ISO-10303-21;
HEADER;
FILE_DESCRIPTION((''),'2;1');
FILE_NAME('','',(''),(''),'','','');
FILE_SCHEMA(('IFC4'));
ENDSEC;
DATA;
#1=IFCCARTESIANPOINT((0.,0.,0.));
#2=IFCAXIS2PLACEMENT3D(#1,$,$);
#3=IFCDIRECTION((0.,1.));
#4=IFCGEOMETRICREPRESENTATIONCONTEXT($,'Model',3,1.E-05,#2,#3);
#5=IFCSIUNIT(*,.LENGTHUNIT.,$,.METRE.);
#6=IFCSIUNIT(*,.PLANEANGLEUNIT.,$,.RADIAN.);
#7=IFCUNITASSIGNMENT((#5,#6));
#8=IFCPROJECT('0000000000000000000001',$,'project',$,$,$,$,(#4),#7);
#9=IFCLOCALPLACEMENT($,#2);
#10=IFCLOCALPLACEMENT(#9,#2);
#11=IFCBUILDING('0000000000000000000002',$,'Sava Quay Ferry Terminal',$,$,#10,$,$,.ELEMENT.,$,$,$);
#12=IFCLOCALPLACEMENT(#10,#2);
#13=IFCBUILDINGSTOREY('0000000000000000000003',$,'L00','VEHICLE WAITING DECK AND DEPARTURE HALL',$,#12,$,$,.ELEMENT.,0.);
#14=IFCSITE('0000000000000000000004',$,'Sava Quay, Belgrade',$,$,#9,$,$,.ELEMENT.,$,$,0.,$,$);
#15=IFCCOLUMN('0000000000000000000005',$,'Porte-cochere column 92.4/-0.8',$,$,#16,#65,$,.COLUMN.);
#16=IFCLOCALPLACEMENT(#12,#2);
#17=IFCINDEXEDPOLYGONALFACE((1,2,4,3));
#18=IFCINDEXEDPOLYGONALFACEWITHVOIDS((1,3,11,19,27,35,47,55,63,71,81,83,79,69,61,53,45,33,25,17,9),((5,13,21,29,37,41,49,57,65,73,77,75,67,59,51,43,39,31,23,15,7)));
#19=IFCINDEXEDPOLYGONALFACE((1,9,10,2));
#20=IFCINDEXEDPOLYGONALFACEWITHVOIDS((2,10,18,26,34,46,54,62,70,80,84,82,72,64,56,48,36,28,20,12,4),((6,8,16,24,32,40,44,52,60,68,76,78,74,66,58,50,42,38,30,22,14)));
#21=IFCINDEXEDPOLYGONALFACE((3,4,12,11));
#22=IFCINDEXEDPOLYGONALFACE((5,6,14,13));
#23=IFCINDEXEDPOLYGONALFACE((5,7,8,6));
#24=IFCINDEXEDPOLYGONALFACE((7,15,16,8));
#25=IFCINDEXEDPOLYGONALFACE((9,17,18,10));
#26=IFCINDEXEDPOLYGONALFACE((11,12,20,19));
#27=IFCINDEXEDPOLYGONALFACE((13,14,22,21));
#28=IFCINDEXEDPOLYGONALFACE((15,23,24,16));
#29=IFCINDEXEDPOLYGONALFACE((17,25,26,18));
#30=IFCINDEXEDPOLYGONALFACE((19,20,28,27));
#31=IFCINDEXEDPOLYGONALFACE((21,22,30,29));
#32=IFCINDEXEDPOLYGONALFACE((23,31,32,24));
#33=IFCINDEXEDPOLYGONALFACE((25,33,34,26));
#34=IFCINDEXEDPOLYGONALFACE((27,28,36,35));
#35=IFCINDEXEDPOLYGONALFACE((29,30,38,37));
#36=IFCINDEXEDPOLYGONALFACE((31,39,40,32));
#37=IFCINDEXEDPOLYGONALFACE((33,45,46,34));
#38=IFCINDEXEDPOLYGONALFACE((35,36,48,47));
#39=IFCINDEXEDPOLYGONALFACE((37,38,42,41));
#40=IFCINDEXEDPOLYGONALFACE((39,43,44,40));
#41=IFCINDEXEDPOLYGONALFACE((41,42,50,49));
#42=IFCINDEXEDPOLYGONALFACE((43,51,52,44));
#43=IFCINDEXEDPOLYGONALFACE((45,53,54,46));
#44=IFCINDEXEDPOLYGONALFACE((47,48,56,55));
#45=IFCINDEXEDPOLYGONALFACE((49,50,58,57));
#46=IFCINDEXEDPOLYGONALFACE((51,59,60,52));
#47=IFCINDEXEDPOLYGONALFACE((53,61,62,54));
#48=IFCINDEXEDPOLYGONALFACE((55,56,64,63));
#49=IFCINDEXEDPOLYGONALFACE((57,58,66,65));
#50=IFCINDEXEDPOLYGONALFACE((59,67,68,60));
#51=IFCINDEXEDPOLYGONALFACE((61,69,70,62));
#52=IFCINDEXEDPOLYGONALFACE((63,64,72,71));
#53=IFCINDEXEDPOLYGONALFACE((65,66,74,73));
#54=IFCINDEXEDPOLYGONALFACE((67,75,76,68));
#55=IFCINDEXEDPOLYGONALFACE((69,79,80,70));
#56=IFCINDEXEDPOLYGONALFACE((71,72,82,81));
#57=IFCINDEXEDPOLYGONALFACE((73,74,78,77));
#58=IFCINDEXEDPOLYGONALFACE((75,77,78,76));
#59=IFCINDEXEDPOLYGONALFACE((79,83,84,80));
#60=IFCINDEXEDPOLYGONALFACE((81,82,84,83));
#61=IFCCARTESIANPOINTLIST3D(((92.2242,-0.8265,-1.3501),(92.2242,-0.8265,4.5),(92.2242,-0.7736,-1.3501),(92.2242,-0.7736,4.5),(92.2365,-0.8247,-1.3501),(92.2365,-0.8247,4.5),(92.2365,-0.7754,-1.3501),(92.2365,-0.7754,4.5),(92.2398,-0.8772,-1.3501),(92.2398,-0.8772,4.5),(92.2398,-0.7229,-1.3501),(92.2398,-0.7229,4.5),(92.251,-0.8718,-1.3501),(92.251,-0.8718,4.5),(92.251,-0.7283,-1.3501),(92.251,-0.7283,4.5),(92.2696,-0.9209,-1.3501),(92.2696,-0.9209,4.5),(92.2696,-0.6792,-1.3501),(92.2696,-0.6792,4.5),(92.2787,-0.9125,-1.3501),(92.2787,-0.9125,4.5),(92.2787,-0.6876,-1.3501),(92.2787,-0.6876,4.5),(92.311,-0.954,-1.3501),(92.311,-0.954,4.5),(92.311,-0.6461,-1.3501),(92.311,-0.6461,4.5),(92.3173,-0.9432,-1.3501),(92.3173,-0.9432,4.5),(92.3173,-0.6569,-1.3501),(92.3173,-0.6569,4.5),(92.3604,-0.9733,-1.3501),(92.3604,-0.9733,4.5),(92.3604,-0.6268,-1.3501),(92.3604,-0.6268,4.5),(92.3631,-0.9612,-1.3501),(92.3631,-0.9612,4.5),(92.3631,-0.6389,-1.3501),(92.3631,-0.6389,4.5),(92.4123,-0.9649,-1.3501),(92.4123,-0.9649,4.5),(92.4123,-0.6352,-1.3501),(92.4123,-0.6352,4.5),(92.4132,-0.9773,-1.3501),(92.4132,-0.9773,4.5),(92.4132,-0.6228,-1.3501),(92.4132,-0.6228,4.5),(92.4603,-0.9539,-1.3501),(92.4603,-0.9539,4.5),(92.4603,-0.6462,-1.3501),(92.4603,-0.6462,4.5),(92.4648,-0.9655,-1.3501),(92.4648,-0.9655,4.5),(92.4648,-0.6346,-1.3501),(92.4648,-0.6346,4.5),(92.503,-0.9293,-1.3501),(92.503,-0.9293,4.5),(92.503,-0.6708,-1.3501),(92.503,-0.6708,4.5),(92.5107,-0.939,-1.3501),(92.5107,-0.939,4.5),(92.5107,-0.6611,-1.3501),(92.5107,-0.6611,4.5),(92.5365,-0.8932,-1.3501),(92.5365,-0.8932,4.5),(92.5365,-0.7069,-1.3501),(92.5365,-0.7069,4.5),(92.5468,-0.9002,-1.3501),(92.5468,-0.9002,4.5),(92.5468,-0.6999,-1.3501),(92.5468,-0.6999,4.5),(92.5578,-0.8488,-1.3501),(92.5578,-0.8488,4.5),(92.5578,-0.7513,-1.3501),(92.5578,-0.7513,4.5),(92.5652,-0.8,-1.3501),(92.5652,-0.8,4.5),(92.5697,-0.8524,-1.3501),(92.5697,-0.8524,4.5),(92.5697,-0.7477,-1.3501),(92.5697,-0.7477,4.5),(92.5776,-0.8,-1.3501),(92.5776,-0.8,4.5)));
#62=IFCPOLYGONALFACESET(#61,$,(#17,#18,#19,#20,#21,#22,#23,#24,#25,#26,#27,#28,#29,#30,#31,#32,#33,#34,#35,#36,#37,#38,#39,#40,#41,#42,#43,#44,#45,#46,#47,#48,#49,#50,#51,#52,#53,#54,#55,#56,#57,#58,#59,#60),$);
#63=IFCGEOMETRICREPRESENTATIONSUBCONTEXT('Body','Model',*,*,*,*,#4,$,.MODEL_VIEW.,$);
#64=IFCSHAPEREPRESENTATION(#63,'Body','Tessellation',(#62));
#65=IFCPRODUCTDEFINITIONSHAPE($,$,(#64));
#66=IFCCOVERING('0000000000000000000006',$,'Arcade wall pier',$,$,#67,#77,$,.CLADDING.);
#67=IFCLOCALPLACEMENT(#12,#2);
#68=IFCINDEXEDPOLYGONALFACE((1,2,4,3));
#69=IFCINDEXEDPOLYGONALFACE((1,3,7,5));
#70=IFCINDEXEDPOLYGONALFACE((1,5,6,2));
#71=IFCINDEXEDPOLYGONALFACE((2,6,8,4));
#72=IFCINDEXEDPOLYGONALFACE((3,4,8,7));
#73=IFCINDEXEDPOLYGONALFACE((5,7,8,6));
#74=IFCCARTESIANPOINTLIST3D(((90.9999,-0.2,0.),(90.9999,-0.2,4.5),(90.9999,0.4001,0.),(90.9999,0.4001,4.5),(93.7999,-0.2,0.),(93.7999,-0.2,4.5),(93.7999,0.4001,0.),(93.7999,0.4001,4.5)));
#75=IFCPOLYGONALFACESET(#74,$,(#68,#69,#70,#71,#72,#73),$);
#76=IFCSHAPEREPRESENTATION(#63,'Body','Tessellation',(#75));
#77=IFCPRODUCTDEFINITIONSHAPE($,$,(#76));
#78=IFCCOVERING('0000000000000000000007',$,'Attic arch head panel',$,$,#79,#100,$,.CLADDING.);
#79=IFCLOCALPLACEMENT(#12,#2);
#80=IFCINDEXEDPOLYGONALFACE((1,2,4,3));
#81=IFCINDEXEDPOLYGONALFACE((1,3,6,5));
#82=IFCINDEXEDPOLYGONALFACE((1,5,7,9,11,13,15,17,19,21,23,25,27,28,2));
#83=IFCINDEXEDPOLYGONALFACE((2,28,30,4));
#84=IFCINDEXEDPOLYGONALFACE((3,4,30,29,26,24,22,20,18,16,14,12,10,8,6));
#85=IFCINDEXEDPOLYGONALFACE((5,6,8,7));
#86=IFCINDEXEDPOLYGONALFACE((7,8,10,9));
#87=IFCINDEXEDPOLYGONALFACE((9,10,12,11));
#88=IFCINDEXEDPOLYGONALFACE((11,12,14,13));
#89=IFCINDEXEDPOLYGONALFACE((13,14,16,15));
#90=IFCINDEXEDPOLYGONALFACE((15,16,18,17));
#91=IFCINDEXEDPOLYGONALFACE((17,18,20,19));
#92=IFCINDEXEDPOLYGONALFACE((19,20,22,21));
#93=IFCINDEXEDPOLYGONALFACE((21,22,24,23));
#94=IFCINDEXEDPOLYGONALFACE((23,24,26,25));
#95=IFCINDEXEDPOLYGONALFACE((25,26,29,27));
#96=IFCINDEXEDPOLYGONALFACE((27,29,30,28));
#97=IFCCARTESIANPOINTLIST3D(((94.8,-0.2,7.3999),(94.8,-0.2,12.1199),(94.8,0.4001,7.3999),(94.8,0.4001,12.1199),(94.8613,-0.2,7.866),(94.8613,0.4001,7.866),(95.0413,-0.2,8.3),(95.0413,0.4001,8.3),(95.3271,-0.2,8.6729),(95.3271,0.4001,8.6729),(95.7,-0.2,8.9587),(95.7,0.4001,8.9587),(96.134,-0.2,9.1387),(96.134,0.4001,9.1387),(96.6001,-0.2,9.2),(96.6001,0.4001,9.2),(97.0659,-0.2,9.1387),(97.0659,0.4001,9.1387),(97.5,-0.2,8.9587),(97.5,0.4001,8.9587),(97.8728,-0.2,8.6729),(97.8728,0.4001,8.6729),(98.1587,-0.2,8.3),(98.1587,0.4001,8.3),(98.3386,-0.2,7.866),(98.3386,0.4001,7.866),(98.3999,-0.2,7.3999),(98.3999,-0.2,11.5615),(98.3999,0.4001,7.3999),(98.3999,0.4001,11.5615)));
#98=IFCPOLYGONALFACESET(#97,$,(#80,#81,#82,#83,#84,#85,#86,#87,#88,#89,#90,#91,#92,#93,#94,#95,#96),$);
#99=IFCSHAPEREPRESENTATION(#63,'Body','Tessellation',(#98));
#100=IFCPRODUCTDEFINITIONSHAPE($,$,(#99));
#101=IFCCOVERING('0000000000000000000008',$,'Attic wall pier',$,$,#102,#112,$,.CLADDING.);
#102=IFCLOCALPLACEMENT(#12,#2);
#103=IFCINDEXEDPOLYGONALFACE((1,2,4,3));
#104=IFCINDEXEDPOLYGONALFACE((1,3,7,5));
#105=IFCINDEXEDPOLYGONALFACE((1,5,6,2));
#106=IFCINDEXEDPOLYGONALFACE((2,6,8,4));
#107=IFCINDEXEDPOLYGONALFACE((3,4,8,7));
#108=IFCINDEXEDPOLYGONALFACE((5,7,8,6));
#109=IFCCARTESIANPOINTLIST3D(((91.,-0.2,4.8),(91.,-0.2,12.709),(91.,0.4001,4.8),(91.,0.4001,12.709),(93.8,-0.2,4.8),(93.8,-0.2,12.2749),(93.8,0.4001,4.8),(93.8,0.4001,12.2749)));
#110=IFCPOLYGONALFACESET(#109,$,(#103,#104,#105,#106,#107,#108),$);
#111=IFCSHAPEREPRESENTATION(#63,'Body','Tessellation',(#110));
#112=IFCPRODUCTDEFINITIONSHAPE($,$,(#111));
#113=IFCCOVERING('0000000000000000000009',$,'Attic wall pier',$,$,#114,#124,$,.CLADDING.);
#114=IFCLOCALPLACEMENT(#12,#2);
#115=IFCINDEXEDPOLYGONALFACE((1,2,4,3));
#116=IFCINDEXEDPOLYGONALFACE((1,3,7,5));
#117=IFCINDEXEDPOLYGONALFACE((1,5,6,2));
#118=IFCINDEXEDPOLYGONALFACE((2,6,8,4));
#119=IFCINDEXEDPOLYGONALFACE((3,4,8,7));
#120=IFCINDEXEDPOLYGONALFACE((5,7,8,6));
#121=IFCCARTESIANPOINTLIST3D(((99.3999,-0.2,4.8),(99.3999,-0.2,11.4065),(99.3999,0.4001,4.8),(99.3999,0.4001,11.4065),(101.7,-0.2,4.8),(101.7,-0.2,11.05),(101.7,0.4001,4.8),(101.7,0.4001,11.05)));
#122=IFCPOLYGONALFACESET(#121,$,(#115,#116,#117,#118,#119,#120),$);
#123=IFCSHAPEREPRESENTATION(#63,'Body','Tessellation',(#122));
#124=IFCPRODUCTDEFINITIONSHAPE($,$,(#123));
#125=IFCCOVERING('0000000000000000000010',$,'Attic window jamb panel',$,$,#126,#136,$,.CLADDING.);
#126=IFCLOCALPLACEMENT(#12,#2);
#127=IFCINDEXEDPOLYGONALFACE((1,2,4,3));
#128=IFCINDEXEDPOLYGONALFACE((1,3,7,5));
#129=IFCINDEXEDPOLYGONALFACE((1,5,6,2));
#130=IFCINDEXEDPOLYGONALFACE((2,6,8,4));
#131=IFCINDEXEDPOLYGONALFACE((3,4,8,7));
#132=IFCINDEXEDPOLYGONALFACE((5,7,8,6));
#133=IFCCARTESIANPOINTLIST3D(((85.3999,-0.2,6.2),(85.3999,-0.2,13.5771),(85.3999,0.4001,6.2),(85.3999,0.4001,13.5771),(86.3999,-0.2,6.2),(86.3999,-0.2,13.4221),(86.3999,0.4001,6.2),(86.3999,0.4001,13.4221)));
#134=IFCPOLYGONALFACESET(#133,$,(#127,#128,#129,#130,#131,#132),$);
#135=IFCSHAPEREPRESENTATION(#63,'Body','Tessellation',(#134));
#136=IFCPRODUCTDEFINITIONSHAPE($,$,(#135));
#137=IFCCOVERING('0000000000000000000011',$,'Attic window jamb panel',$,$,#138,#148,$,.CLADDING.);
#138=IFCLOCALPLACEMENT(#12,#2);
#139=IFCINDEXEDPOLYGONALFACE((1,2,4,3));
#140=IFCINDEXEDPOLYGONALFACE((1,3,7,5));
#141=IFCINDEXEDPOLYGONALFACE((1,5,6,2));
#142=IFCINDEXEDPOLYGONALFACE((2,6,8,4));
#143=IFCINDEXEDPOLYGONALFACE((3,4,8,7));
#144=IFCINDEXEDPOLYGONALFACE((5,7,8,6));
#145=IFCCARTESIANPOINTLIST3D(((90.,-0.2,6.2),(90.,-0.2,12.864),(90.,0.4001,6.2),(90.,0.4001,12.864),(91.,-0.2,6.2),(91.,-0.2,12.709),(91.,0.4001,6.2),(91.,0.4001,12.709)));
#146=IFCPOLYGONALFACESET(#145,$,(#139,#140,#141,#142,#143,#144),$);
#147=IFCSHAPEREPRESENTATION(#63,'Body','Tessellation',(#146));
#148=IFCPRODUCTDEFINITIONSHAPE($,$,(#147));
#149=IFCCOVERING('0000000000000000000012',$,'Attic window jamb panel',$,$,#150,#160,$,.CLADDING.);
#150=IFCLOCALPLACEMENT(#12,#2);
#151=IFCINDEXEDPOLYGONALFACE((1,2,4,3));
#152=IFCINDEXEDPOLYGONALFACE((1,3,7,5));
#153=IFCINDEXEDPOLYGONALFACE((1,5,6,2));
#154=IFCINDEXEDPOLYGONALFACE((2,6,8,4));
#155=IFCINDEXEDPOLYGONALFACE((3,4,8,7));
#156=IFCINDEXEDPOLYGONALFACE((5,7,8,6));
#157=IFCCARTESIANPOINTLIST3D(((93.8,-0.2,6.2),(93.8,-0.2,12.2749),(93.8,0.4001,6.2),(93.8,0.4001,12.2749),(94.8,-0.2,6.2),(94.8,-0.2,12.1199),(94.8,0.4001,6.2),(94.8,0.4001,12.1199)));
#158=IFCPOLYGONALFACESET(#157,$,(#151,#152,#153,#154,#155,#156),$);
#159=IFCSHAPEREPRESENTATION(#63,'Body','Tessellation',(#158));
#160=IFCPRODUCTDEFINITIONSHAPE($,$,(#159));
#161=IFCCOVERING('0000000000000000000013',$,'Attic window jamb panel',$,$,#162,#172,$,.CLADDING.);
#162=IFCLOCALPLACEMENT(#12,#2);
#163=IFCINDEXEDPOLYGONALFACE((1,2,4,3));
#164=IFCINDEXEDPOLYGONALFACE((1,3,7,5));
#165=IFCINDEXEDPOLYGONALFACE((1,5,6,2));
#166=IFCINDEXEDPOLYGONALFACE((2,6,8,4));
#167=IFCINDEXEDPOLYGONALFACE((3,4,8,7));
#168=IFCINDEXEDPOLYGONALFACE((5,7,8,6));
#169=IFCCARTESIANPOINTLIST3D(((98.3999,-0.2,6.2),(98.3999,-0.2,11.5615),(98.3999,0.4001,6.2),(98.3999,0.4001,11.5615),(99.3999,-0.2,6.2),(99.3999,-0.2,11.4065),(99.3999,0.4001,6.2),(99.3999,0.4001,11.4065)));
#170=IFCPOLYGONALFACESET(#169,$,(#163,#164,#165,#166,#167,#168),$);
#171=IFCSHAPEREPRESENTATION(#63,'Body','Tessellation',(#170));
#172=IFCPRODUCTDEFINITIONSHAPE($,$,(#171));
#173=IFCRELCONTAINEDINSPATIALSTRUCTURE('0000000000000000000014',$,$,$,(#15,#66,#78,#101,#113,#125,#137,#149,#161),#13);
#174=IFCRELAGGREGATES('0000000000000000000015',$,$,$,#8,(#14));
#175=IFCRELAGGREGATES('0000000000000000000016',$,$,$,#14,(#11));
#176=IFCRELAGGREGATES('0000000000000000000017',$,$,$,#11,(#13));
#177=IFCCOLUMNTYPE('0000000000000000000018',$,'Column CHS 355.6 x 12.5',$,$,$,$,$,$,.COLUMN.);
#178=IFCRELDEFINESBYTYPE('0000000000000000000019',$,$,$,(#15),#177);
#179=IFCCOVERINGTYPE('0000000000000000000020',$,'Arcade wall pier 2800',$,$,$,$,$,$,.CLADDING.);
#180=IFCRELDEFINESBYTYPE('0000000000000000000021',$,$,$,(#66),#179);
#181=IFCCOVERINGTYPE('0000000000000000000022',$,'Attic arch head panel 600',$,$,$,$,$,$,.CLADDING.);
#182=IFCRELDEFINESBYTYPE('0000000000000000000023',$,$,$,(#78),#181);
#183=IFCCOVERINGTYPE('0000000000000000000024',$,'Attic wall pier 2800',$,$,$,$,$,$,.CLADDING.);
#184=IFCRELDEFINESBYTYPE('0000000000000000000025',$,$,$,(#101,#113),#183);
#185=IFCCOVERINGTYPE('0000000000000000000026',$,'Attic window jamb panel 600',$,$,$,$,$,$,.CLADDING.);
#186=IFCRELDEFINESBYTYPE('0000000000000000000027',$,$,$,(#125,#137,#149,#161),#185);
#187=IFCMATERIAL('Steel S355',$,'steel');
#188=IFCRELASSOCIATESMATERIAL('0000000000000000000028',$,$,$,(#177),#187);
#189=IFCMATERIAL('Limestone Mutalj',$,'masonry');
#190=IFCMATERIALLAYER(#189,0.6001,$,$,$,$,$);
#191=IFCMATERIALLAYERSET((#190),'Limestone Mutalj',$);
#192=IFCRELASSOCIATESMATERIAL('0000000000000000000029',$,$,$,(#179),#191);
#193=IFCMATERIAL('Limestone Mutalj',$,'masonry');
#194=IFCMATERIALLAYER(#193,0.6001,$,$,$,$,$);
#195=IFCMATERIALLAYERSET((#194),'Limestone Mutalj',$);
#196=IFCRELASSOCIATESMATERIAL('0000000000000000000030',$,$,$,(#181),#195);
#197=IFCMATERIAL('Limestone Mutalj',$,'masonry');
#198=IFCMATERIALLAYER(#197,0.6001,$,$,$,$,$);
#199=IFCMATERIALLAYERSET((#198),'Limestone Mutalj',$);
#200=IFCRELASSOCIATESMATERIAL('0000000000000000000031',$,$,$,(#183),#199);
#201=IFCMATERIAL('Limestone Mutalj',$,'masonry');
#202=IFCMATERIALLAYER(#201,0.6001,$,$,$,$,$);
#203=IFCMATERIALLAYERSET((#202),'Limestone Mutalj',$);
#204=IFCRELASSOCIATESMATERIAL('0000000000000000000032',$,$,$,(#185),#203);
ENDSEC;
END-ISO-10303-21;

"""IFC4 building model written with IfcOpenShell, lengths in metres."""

from ifc_helpers import new_model, si_unit, direction, frame, origin, origin_2d, place, context, subcontext, project, spatial, polyline, rectangle, hollow_circle, outline, extrude, material, layer, layer_set, material_profile, profile_set, type_object, element, save


model = new_model("IFC4")

# Units and contexts
model_context = context("Model", 3, precision=1e-05, world=origin(), true_north=direction((0.0, 1.0)))
body_context = subcontext(model_context, "Body", "Model", "MODEL_VIEW")
ifc_project = project(units=[si_unit("LENGTHUNIT", "METRE"), si_unit("PLANEANGLEUNIT", "RADIAN")], contexts=[model_context])

# Site, building, storey
site_placement = place(None, origin())
site = spatial("IfcSite", under=ifc_project, at=site_placement, Name="Sava Quay, Belgrade", CompositionType="ELEMENT", RefElevation=0.0)
building_placement = place(site_placement, origin())
building = spatial("IfcBuilding", under=site, at=building_placement, Name="Sava Quay Ferry Terminal", CompositionType="ELEMENT")
storey_placement = place(building_placement, origin())
storey = spatial("IfcBuildingStorey", under=building, at=storey_placement, Name="L00", Description="VEHICLE WAITING DECK AND DEPARTURE HALL", CompositionType="ELEMENT", Elevation=0.0)

# Column
ifc_material_1 = material(Name="Steel S355", Category="steel")
ifc_material_profile_1 = material_profile(ifc_material_1, hollow_circle(Radius=0.1777, WallThickness=0.0125, at=origin_2d()), Name="CHS 355.6 x 12.5")
ifc_profile_set_1 = profile_set([ifc_material_profile_1], Name="Steel S355")
column_type = type_object("IfcColumnType", Name="Column CHS 355.6 x 12.5", PredefinedType="COLUMN", material=ifc_profile_set_1)
for number, where, z_axis, x_axis, name in (
    (1, (92.3999, -0.8, -1.3501), (0.0, 0.0, 1.0), (1.0, 0.0, 0.0), "Porte-cochere column 92.4/-0.8"),
):
    element("IfcColumn", number, at=place(storey_placement, frame(where, z_axis=z_axis, x_axis=x_axis)), inside=storey, type_object=column_type, Name=name, PredefinedType="COLUMN", context=body_context, shape_type="SweptSolid", body=[
        extrude(hollow_circle(Radius=0.1777, WallThickness=0.0125, at=origin_2d()), origin(), (0.0, 0.0, 1.0), 5.8501),
    ])

# Coverings
ifc_material_2 = material(Name="Limestone Mutalj", Category="masonry")
ifc_layer_1 = layer(ifc_material_2, 0.6001)
ifc_layer_set_1 = layer_set([ifc_layer_1], Name="Limestone Mutalj")
covering_type_1 = type_object("IfcCoveringType", Name="Arcade wall pier 2800", PredefinedType="CLADDING", material=ifc_layer_set_1)
covering_1_placement = place(storey_placement, frame((92.3999, 0.1001, 0.0), z_axis=(0.0, 0.0, 1.0), x_axis=(1.0, 0.0, 0.0)))
element("IfcCovering", 2, at=covering_1_placement, inside=storey, type_object=covering_type_1, Name="Arcade wall pier", PredefinedType="CLADDING", context=body_context, shape_type="SweptSolid", body=[
    extrude(rectangle(XDim=2.8, YDim=0.6001, at=origin_2d()), origin(), (0.0, 0.0, 1.0), 4.5),
])
ifc_material_3 = material(Name="Limestone Mutalj", Category="masonry")
ifc_layer_2 = layer(ifc_material_3, 0.6001)
ifc_layer_set_2 = layer_set([ifc_layer_2], Name="Limestone Mutalj")
covering_type_2 = type_object("IfcCoveringType", Name="Attic arch head panel 600", PredefinedType="CLADDING", material=ifc_layer_set_2)
covering_2_placement = place(storey_placement, frame((94.8, -0.2, 7.3999), z_axis=(0.0, -1.0, 0.0), x_axis=(0.13036, 0.0, 0.991467)))
element("IfcCovering", 3, at=covering_2_placement, inside=storey, type_object=covering_type_2, Name="Attic arch head panel", PredefinedType="CLADDING", context=body_context, shape_type="SweptSolid", body=[
    extrude(outline(polyline([(0.0, 0.0), (0.4701, 0.0), (0.9239, -0.1218), (1.3308, -0.3567), (1.6628, -0.689), (1.8978, -1.0959), (2.0193, -1.55), (2.0193, -2.0199), (1.8975, -2.4737), (1.6627, -2.8806), (1.3303, -3.2126), (0.9234, -3.4476), (0.4693, -3.5691), (4.5954, -3.0266), (4.6797, 0.6153), (0.0, 0.0)])), origin(), (0.0, 0.0, -1.0), 0.6001),
])
ifc_material_4 = material(Name="Limestone Mutalj", Category="masonry")
ifc_layer_3 = layer(ifc_material_4, 0.6001)
ifc_layer_set_3 = layer_set([ifc_layer_3], Name="Limestone Mutalj")
covering_type_3 = type_object("IfcCoveringType", Name="Attic wall pier 2800", PredefinedType="CLADDING", material=ifc_layer_set_3)
covering_3_placement = place(storey_placement, frame((91.0, -0.2, 4.8), z_axis=(0.0, -1.0, 0.0), x_axis=(1.0, 0.0, 0.0)))
element("IfcCovering", 4, at=covering_3_placement, inside=storey, type_object=covering_type_3, Name="Attic wall pier", PredefinedType="CLADDING", context=body_context, shape_type="SweptSolid", body=[
    extrude(outline(polyline([(0.0, 0.0), (2.8, 0.0), (2.8, 7.4749), (0.0, 7.9089), (0.0, 0.0)])), origin(), (0.0, 0.0, -1.0), 0.6001),
])
covering_4_placement = place(storey_placement, frame((99.3999, -0.2, 4.8), z_axis=(0.0, -1.0, 0.0), x_axis=(1.0, 0.0, 0.0)))
element("IfcCovering", 5, at=covering_4_placement, inside=storey, type_object=covering_type_3, Name="Attic wall pier", PredefinedType="CLADDING", context=body_context, shape_type="SweptSolid", body=[
    extrude(outline(polyline([(0.0, 0.0), (2.3, 0.0), (2.3, 6.25), (0.0, 6.6064), (0.0, 0.0)])), origin(), (0.0, 0.0, -1.0), 0.6001),
])
ifc_material_5 = material(Name="Limestone Mutalj", Category="masonry")
ifc_layer_4 = layer(ifc_material_5, 0.6001)
ifc_layer_set_4 = layer_set([ifc_layer_4], Name="Limestone Mutalj")
covering_type_4 = type_object("IfcCoveringType", Name="Attic window jamb panel 600", PredefinedType="CLADDING", material=ifc_layer_set_4)
covering_5_placement = place(storey_placement, frame((85.3999, -0.2, 6.2), z_axis=(0.0, -1.0, 0.0), x_axis=(1.0, 0.0, 0.0)))
element("IfcCovering", 6, at=covering_5_placement, inside=storey, type_object=covering_type_4, Name="Attic window jamb panel", PredefinedType="CLADDING", context=body_context, shape_type="SweptSolid", body=[
    extrude(outline(polyline([(0.0, 0.0), (1.0, 0.0), (1.0, 7.2222), (0.0, 7.3772), (0.0, 0.0)])), origin(), (0.0, 0.0, -1.0), 0.6001),
])
covering_6_placement = place(storey_placement, frame((90.0, -0.2, 6.2), z_axis=(0.0, -1.0, 0.0), x_axis=(1.0, 0.0, 0.0)))
element("IfcCovering", 7, at=covering_6_placement, inside=storey, type_object=covering_type_4, Name="Attic window jamb panel", PredefinedType="CLADDING", context=body_context, shape_type="SweptSolid", body=[
    extrude(outline(polyline([(0.0, 0.0), (1.0, 0.0), (1.0, 6.509), (0.0, 6.6641), (0.0, 0.0)])), origin(), (0.0, 0.0, -1.0), 0.6001),
])
covering_7_placement = place(storey_placement, frame((93.8, -0.2, 6.2), z_axis=(0.0, -1.0, 0.0), x_axis=(1.0, 0.0, 0.0)))
element("IfcCovering", 8, at=covering_7_placement, inside=storey, type_object=covering_type_4, Name="Attic window jamb panel", PredefinedType="CLADDING", context=body_context, shape_type="SweptSolid", body=[
    extrude(outline(polyline([(0.0, 0.0), (1.0, 0.0), (1.0, 5.9199), (0.0, 6.075), (0.0, 0.0)])), origin(), (0.0, 0.0, -1.0), 0.6001),
])
covering_8_placement = place(storey_placement, frame((98.3999, -0.2, 6.2), z_axis=(0.0, -1.0, 0.0), x_axis=(1.0, 0.0, 0.0)))
element("IfcCovering", 9, at=covering_8_placement, inside=storey, type_object=covering_type_4, Name="Attic window jamb panel", PredefinedType="CLADDING", context=body_context, shape_type="SweptSolid", body=[
    extrude(outline(polyline([(0.0, 0.0), (1.0, 0.0), (1.0, 5.2065), (0.0, 5.3616), (0.0, 0.0)])), origin(), (0.0, 0.0, -1.0), 0.6001),
])

save(model, "model.ifc")
